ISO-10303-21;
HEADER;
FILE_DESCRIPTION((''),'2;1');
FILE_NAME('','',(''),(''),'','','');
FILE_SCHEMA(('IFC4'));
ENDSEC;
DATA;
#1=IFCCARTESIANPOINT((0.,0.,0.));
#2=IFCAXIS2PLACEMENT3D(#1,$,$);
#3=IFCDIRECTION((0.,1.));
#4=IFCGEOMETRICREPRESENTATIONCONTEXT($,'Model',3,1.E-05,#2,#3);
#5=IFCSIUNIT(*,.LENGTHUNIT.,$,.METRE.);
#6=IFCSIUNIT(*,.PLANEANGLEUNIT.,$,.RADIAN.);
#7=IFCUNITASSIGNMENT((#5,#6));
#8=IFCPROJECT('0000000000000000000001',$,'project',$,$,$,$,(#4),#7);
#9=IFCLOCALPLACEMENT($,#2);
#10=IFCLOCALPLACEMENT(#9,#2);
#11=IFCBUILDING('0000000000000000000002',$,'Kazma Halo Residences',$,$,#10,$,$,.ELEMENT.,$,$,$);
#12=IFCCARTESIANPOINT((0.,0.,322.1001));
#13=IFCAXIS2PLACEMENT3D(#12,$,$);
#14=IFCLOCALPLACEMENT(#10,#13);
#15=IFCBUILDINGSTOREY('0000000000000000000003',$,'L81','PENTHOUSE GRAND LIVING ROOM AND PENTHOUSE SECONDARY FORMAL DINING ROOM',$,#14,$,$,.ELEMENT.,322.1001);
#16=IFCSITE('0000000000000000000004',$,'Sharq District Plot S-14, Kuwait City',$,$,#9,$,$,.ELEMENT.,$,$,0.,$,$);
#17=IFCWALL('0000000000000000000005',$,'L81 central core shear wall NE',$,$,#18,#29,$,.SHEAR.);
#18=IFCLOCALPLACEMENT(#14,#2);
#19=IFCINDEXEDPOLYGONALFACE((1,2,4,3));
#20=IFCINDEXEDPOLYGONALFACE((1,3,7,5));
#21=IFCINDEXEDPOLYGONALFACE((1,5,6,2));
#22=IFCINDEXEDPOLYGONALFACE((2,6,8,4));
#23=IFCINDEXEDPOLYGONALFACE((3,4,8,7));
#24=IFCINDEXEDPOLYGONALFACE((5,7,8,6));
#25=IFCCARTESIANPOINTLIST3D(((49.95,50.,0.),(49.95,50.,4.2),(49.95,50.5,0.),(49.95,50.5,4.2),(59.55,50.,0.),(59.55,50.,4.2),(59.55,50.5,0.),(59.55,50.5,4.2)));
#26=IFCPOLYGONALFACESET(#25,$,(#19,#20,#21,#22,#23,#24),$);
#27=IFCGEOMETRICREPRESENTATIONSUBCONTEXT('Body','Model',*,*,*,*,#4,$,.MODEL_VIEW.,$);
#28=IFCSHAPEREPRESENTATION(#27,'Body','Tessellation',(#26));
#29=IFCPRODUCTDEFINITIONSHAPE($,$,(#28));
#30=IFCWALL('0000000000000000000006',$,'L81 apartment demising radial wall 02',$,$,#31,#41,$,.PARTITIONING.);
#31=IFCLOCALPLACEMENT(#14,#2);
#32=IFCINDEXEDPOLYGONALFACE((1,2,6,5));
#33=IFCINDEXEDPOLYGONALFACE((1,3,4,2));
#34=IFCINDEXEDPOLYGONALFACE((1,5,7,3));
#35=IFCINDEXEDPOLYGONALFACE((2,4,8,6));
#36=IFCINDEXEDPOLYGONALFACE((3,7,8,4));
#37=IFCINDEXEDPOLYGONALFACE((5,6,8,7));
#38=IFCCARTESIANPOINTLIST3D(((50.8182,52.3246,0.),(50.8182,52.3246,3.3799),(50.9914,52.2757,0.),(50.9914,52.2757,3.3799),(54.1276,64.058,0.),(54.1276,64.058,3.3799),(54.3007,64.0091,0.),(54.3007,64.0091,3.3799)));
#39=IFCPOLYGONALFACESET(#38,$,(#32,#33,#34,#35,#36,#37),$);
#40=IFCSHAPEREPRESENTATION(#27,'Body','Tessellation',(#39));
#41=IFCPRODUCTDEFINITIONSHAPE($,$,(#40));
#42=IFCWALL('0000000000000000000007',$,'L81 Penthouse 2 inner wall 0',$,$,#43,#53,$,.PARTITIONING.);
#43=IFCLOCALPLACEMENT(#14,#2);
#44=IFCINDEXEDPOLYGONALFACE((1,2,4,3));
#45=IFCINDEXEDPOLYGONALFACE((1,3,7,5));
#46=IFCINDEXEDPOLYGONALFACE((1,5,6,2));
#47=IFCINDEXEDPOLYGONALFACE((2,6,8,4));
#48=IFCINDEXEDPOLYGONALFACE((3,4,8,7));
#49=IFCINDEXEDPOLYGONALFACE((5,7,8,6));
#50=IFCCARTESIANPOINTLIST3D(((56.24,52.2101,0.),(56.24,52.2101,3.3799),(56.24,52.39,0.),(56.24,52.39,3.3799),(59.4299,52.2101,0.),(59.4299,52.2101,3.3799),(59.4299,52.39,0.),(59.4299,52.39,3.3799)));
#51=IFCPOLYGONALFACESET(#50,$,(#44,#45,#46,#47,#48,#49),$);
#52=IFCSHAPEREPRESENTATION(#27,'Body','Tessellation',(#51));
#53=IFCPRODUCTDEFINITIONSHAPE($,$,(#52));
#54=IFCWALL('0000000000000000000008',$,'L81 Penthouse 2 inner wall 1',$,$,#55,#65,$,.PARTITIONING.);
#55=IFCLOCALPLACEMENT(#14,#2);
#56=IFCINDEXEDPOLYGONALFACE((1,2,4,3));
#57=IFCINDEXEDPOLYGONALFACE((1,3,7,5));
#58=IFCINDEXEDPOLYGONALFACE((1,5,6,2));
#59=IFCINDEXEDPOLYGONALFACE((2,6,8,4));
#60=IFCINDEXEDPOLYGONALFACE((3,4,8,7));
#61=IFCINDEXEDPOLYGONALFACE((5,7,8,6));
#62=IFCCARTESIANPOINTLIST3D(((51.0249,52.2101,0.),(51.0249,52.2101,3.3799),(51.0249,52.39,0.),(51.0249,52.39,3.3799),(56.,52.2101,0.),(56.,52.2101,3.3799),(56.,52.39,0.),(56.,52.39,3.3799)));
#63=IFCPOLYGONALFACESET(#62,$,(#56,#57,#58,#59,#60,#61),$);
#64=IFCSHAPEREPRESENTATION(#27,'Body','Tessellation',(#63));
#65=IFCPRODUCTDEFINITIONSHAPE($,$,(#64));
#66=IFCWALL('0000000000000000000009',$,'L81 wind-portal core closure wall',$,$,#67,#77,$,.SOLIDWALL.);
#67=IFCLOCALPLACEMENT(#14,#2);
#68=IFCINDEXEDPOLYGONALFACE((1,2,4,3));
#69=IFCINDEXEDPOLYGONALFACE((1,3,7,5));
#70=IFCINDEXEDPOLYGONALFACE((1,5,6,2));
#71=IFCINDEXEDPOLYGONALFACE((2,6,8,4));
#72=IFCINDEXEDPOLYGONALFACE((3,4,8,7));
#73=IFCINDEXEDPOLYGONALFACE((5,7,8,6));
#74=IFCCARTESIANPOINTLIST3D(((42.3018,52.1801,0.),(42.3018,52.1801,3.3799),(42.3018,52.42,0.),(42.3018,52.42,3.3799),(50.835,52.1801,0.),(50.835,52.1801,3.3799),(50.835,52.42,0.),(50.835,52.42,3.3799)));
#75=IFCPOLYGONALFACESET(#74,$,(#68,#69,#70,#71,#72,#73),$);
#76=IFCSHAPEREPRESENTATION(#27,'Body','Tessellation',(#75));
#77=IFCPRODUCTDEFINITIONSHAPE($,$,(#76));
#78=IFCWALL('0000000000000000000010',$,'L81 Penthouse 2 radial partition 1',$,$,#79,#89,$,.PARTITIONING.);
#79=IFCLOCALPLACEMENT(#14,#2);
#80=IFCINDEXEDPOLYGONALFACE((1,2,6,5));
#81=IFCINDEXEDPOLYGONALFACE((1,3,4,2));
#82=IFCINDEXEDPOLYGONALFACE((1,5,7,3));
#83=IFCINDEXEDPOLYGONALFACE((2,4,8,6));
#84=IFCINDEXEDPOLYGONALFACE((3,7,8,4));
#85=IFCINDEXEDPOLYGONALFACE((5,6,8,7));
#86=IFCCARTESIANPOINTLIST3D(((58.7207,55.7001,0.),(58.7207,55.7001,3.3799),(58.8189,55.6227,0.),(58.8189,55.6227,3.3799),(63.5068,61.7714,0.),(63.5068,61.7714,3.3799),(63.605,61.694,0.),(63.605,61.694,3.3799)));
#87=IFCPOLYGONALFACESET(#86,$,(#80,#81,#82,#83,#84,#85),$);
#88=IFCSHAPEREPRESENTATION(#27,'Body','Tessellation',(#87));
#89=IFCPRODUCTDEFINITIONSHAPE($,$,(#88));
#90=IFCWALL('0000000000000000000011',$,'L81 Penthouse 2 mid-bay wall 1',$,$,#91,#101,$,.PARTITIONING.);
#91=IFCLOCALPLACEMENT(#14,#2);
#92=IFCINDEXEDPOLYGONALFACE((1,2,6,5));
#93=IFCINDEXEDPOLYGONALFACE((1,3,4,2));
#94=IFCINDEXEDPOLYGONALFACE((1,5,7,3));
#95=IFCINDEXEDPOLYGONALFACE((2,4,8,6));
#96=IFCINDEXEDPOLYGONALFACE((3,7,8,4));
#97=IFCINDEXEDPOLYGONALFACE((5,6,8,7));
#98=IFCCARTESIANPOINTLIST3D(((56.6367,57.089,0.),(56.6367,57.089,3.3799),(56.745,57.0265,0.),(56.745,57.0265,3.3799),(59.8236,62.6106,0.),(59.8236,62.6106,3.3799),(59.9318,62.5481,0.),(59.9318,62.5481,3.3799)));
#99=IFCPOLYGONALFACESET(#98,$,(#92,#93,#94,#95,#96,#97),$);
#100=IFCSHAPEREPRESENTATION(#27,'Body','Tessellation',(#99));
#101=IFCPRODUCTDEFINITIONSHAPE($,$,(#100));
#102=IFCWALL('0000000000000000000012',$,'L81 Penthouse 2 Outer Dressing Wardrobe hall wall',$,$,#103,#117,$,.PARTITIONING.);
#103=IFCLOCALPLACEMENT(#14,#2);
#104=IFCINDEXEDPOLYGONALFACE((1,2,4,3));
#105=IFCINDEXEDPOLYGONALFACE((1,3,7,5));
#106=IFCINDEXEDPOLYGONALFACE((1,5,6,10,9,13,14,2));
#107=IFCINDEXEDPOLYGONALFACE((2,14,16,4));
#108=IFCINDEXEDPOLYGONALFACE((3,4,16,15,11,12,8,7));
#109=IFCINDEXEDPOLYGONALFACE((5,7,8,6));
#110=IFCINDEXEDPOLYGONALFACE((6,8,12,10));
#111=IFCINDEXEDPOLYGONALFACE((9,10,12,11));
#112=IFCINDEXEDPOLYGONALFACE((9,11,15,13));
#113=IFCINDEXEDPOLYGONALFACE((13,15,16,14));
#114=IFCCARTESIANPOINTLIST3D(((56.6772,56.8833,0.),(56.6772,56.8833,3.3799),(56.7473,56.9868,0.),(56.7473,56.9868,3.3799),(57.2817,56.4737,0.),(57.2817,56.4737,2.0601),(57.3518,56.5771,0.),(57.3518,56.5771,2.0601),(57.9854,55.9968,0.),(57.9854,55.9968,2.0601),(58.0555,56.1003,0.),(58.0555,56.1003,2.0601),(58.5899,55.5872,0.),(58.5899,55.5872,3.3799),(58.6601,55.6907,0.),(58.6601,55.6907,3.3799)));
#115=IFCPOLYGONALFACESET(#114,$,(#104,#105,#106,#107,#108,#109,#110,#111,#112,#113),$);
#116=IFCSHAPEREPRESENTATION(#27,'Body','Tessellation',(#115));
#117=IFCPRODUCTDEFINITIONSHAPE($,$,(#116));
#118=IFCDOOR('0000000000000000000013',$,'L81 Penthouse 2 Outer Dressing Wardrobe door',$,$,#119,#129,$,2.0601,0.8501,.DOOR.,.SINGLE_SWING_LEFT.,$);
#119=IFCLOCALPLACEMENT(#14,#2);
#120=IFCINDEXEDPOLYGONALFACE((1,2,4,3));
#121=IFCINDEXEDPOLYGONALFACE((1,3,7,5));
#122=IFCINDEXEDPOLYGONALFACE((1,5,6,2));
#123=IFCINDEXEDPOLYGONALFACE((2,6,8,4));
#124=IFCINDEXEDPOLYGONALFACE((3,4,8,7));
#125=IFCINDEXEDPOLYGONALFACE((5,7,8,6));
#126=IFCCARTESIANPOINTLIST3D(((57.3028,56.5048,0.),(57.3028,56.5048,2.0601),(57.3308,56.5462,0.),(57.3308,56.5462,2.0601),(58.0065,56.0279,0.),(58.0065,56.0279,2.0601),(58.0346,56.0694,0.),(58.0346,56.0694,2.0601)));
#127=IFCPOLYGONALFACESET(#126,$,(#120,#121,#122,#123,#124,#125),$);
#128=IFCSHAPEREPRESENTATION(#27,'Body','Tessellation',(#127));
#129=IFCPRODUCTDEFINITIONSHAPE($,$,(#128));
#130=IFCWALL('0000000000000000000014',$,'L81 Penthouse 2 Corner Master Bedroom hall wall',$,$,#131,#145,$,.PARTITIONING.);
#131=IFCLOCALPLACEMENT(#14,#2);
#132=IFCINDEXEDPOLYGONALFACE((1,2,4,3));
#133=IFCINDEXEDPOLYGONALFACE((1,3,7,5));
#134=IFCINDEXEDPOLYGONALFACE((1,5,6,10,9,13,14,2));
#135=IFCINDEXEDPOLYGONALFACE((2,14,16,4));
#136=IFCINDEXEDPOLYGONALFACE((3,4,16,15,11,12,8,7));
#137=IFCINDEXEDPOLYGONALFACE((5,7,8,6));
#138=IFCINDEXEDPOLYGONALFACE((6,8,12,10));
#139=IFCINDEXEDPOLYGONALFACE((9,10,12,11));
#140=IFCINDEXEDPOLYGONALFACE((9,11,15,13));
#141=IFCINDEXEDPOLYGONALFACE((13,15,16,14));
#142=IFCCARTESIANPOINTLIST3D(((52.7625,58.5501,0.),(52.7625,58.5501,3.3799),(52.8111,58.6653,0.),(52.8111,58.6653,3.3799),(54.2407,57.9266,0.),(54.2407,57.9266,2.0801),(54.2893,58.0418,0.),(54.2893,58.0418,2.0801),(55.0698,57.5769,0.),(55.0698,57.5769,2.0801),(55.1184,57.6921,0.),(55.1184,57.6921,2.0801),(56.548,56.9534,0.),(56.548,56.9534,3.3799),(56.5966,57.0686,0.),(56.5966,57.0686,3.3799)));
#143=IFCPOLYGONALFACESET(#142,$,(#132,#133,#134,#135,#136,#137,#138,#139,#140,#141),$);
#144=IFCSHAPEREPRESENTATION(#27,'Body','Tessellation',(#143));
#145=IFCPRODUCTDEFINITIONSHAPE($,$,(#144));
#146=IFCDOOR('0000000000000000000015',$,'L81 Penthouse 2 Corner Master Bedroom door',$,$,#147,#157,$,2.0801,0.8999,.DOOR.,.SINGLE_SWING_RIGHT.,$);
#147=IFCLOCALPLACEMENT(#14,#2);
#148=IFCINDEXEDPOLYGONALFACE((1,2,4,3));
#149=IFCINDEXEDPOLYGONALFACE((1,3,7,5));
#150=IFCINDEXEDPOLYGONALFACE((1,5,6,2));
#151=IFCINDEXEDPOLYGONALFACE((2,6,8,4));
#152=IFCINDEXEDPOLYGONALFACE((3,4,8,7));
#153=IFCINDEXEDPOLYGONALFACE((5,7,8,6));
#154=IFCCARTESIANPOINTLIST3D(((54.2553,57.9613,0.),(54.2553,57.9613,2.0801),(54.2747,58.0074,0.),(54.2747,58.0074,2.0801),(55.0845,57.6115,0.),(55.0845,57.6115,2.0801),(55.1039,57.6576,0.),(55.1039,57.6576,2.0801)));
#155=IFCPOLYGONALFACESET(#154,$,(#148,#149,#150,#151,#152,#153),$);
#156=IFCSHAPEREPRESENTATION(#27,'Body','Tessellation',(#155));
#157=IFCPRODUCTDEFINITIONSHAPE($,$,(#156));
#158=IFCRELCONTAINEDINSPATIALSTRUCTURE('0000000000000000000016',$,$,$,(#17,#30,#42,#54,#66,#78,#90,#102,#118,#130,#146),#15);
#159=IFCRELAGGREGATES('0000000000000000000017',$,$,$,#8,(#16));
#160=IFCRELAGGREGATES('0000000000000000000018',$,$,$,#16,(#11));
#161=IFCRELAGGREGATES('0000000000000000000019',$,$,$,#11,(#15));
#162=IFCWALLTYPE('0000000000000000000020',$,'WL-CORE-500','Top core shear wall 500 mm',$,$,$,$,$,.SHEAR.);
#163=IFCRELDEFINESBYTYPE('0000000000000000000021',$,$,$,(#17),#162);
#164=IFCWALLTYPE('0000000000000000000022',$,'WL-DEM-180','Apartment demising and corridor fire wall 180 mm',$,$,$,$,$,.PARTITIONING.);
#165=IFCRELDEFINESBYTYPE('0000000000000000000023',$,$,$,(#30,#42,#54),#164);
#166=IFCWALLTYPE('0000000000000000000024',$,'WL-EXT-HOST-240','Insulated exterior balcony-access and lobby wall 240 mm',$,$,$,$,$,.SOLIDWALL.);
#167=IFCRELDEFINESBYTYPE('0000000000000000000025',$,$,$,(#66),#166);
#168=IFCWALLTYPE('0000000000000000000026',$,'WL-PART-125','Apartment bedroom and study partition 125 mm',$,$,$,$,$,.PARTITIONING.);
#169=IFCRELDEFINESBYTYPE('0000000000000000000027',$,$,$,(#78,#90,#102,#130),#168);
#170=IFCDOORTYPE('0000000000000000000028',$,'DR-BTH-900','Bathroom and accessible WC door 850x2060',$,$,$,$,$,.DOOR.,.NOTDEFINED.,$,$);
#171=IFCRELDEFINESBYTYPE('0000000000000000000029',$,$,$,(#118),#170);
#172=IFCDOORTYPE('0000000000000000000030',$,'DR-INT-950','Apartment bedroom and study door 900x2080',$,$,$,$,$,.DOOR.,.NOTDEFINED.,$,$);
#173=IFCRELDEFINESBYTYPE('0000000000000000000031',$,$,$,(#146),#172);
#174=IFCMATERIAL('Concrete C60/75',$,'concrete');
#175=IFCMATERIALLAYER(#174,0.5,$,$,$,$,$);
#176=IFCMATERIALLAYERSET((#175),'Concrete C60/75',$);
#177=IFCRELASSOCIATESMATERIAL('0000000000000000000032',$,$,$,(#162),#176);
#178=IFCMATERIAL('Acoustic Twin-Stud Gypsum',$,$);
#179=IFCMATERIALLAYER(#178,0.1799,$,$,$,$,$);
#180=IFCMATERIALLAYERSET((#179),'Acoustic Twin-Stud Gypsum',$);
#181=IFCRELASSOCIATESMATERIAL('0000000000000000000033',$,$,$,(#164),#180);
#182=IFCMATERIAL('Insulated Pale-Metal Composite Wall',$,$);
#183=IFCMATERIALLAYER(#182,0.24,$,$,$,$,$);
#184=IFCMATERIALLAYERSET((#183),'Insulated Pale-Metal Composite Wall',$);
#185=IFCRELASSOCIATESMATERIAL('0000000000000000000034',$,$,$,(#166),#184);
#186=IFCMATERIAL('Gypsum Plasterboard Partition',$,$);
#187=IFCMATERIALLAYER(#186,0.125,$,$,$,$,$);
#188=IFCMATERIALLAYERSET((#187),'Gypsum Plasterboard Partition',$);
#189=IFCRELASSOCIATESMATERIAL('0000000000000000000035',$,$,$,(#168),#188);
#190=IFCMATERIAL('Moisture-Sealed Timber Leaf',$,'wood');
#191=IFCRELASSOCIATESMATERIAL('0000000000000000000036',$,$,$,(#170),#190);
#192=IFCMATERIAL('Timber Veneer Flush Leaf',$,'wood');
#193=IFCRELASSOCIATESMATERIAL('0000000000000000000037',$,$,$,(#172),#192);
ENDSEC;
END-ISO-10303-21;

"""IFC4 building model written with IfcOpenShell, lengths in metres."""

from ifc_helpers import new_model, si_unit, direction, frame, frame_2d, origin, place, context, subcontext, project, spatial, rectangle, extrude, material, layer, layer_set, type_object, element, fill, save


model = new_model("IFC4")

# Units and contexts
model_context = context("Model", 3, precision=1e-05, world=origin(), true_north=direction((0.0, 1.0)))
body_context = subcontext(model_context, "Body", "Model", "MODEL_VIEW")
ifc_project = project(units=[si_unit("LENGTHUNIT", "METRE"), si_unit("PLANEANGLEUNIT", "RADIAN")], contexts=[model_context])

# Site, building, storey
site_placement = place(None, origin())
site = spatial("IfcSite", under=ifc_project, at=site_placement, Name="Sharq District Plot S-14, Kuwait City", CompositionType="ELEMENT", RefElevation=0.0)
building_placement = place(site_placement, origin())
building = spatial("IfcBuilding", under=site, at=building_placement, Name="Kazma Halo Residences", CompositionType="ELEMENT")
storey_placement = place(building_placement, frame((0.0, 0.0, 322.1001)))
storey = spatial("IfcBuildingStorey", under=building, at=storey_placement, Name="L81", Description="PENTHOUSE GRAND LIVING ROOM AND PENTHOUSE SECONDARY FORMAL DINING ROOM", CompositionType="ELEMENT", Elevation=322.1001)

# Shared definitions
ifc_material_1 = material(Name="Concrete C60/75", Category="concrete")

# Walls
ifc_layer_1 = layer(ifc_material_1, 0.5)
ifc_layer_set_1 = layer_set([ifc_layer_1], Name="Concrete C60/75")
wall_type_1 = type_object("IfcWallType", Name="WL-CORE-500", Description="Top core shear wall 500 mm", PredefinedType="SHEAR", material=ifc_layer_set_1)
wall_1_placement = place(storey_placement, frame((49.95, 50.25, 0.0), z_axis=(0.0, 0.0, 1.0), x_axis=(1.0, 0.0, 0.0)))
element("IfcWall", 1, at=wall_1_placement, inside=storey, type_object=wall_type_1, Name="L81 central core shear wall NE", PredefinedType="SHEAR", context=body_context, shape_type="SweptSolid", body=[
    extrude(rectangle(XDim=9.6001, YDim=0.5, at=frame_2d((4.8, 0.0))), origin(), (0.0, 0.0, 1.0), 4.2),
])
ifc_material_2 = material(Name="Acoustic Twin-Stud Gypsum")
ifc_layer_2 = layer(ifc_material_2, 0.1799)
ifc_layer_set_2 = layer_set([ifc_layer_2], Name="Acoustic Twin-Stud Gypsum")
wall_type_2 = type_object("IfcWallType", Name="WL-DEM-180", Description="Apartment demising and corridor fire wall 180 mm", PredefinedType="PARTITIONING", material=ifc_layer_set_2)
wall_2_placement = place(storey_placement, frame((50.9048, 52.3, 0.0), z_axis=(0.0, 0.0, 1.0), x_axis=(0.271453, 0.962452, 0.0)))
element("IfcWall", 2, at=wall_2_placement, inside=storey, type_object=wall_type_2, Name="L81 apartment demising radial wall 02", PredefinedType="PARTITIONING", context=body_context, shape_type="SweptSolid", body=[
    extrude(rectangle(XDim=12.1912, YDim=0.1799, at=frame_2d((6.0957, 0.0))), origin(), (0.0, 0.0, 1.0), 3.3799),
])
wall_3_placement = place(storey_placement, frame((59.4299, 52.3, 0.0), z_axis=(0.0, 0.0, 1.0), x_axis=(-1.0, 0.0, 0.0)))
element("IfcWall", 3, at=wall_3_placement, inside=storey, type_object=wall_type_2, Name="L81 Penthouse 2 inner wall 0", PredefinedType="PARTITIONING", context=body_context, shape_type="SweptSolid", body=[
    extrude(rectangle(XDim=3.1899, YDim=0.1799, at=frame_2d((1.595, 0.0))), origin(), (0.0, 0.0, 1.0), 3.3799),
])
wall_4_placement = place(storey_placement, frame((56.0, 52.3, 0.0), z_axis=(0.0, 0.0, 1.0), x_axis=(-1.0, 0.0, 0.0)))
element("IfcWall", 4, at=wall_4_placement, inside=storey, type_object=wall_type_2, Name="L81 Penthouse 2 inner wall 1", PredefinedType="PARTITIONING", context=body_context, shape_type="SweptSolid", body=[
    extrude(rectangle(XDim=4.9751, YDim=0.1799, at=frame_2d((2.4875, 0.0))), origin(), (0.0, 0.0, 1.0), 3.3799),
])
ifc_material_3 = material(Name="Insulated Pale-Metal Composite Wall")
ifc_layer_3 = layer(ifc_material_3, 0.24)
ifc_layer_set_3 = layer_set([ifc_layer_3], Name="Insulated Pale-Metal Composite Wall")
wall_type_3 = type_object("IfcWallType", Name="WL-EXT-HOST-240", Description="Insulated exterior balcony-access and lobby wall 240 mm", PredefinedType="SOLIDWALL", material=ifc_layer_set_3)
wall_5_placement = place(storey_placement, frame((50.835, 52.3, 0.0), z_axis=(0.0, 0.0, 1.0), x_axis=(-1.0, 0.0, 0.0)))
element("IfcWall", 5, at=wall_5_placement, inside=storey, type_object=wall_type_3, Name="L81 wind-portal core closure wall", PredefinedType="SOLIDWALL", context=body_context, shape_type="SweptSolid", body=[
    extrude(rectangle(XDim=8.5332, YDim=0.24, at=frame_2d((4.2666, 0.0))), origin(), (0.0, 0.0, 1.0), 3.3799),
])
ifc_material_4 = material(Name="Gypsum Plasterboard Partition")
ifc_layer_4 = layer(ifc_material_4, 0.125)
ifc_layer_set_4 = layer_set([ifc_layer_4], Name="Gypsum Plasterboard Partition")
wall_type_4 = type_object("IfcWallType", Name="WL-PART-125", Description="Apartment bedroom and study partition 125 mm", PredefinedType="PARTITIONING", material=ifc_layer_set_4)
wall_6_placement = place(storey_placement, frame((58.7698, 55.6614, 0.0), z_axis=(0.0, 0.0, 1.0), x_axis=(0.619087, 0.785322, 0.0)))
element("IfcWall", 6, at=wall_6_placement, inside=storey, type_object=wall_type_4, Name="L81 Penthouse 2 radial partition 1", PredefinedType="PARTITIONING", context=body_context, shape_type="SweptSolid", body=[
    extrude(rectangle(XDim=7.731, YDim=0.125, at=frame_2d((3.8655, 0.0))), origin(), (0.0, 0.0, 1.0), 3.3799),
])
wall_7_placement = place(storey_placement, frame((56.6909, 57.0579, 0.0), z_axis=(0.0, 0.0, 1.0), x_axis=(0.499875, 0.866098, 0.0)))
element("IfcWall", 7, at=wall_7_placement, inside=storey, type_object=wall_type_4, Name="L81 Penthouse 2 mid-bay wall 1", PredefinedType="PARTITIONING", context=body_context, shape_type="SweptSolid", body=[
    extrude(rectangle(XDim=6.3752, YDim=0.125, at=frame_2d((3.1875, 0.0))), origin(), (0.0, 0.0, 1.0), 3.3799),
])

# Walls, openings, doors
wall_8_placement = place(storey_placement, frame((58.625, 55.6389, 0.0), z_axis=(0.0, 0.0, 1.0), x_axis=(-0.827849, 0.560951, 0.0)))
wall_8 = element("IfcWall", 8, at=wall_8_placement, inside=storey, type_object=wall_type_4, Name="L81 Penthouse 2 Outer Dressing Wardrobe hall wall", PredefinedType="PARTITIONING", context=body_context, shape_type="SweptSolid", body=[
    extrude(rectangle(XDim=2.3105, YDim=0.125, at=frame_2d((1.1553, 0.0))), origin(), (0.0, 0.0, 1.0), 3.3799),
])
opening_1_placement = place(wall_8_placement, frame((0.7302, 0.0, 0.0)))
opening_1 = element("IfcOpeningElement", 9, at=opening_1_placement, cuts=wall_8, PredefinedType="OPENING", context=body_context, shape_type="SweptSolid", body=[
    extrude(rectangle(XDim=0.8501, YDim=2.0601, at=frame_2d((0.425, 1.03))), frame((0.0, 0.0725, 0.0), z_axis=(0.0, -1.0, 0.0), x_axis=(1.0, 0.0, 0.0)), (0.0, 0.0, 1.0), 0.145),
])
ifc_material_5 = material(Name="Moisture-Sealed Timber Leaf", Category="wood")
door_type_1 = type_object("IfcDoorType", Name="DR-BTH-900", Description="Bathroom and accessible WC door 850x2060", OperationType="NOTDEFINED", PredefinedType="DOOR", material=ifc_material_5)
door_1_placement = place(opening_1_placement, origin())
door_1 = element("IfcDoor", 10, at=door_1_placement, inside=storey, type_object=door_type_1, Name="L81 Penthouse 2 Outer Dressing Wardrobe door", OperationType="SINGLE_SWING_LEFT", OverallHeight=2.0601, OverallWidth=0.8501, PredefinedType="DOOR", context=body_context, shape_type="SweptSolid", body=[
    extrude(rectangle(XDim=0.8501, YDim=2.0601, at=frame_2d((0.425, 1.03))), frame((0.0, 0.0249, 0.0), z_axis=(0.0, -1.0, 0.0), x_axis=(1.0, 0.0, 0.0)), (0.0, 0.0, 1.0), 0.05),
])
fill(opening_1, door_1)
wall_9_placement = place(storey_placement, frame((56.5723, 57.011, 0.0), z_axis=(0.0, 0.0, 1.0), x_axis=(-0.921389, 0.388641, 0.0)))
wall_9 = element("IfcWall", 11, at=wall_9_placement, inside=storey, type_object=wall_type_4, Name="L81 Penthouse 2 Corner Master Bedroom hall wall", PredefinedType="PARTITIONING", context=body_context, shape_type="SweptSolid", body=[
    extrude(rectangle(XDim=4.1084, YDim=0.125, at=frame_2d((2.0542, 0.0))), origin(), (0.0, 0.0, 1.0), 3.3799),
])
opening_2_placement = place(wall_9_placement, frame((1.6042, 0.0, 0.0)))
opening_2 = element("IfcOpeningElement", 12, at=opening_2_placement, cuts=wall_9, PredefinedType="OPENING", context=body_context, shape_type="SweptSolid", body=[
    extrude(rectangle(XDim=0.8999, YDim=2.0801, at=frame_2d((0.45, 1.04))), frame((0.0, 0.0725, 0.0), z_axis=(0.0, -1.0, 0.0), x_axis=(1.0, 0.0, 0.0)), (0.0, 0.0, 1.0), 0.145),
])
ifc_material_6 = material(Name="Timber Veneer Flush Leaf", Category="wood")
door_type_2 = type_object("IfcDoorType", Name="DR-INT-950", Description="Apartment bedroom and study door 900x2080", OperationType="NOTDEFINED", PredefinedType="DOOR", material=ifc_material_6)
door_2_placement = place(opening_2_placement, origin())
door_2 = element("IfcDoor", 13, at=door_2_placement, inside=storey, type_object=door_type_2, Name="L81 Penthouse 2 Corner Master Bedroom door", OperationType="SINGLE_SWING_RIGHT", OverallHeight=2.0801, OverallWidth=0.8999, PredefinedType="DOOR", context=body_context, shape_type="SweptSolid", body=[
    extrude(rectangle(XDim=0.8999, YDim=2.0801, at=frame_2d((0.45, 1.04))), frame((0.0, 0.0249, 0.0), z_axis=(0.0, -1.0, 0.0), x_axis=(1.0, 0.0, 0.0)), (0.0, 0.0, 1.0), 0.05),
])
fill(opening_2, door_2)

save(model, "model.ifc")
